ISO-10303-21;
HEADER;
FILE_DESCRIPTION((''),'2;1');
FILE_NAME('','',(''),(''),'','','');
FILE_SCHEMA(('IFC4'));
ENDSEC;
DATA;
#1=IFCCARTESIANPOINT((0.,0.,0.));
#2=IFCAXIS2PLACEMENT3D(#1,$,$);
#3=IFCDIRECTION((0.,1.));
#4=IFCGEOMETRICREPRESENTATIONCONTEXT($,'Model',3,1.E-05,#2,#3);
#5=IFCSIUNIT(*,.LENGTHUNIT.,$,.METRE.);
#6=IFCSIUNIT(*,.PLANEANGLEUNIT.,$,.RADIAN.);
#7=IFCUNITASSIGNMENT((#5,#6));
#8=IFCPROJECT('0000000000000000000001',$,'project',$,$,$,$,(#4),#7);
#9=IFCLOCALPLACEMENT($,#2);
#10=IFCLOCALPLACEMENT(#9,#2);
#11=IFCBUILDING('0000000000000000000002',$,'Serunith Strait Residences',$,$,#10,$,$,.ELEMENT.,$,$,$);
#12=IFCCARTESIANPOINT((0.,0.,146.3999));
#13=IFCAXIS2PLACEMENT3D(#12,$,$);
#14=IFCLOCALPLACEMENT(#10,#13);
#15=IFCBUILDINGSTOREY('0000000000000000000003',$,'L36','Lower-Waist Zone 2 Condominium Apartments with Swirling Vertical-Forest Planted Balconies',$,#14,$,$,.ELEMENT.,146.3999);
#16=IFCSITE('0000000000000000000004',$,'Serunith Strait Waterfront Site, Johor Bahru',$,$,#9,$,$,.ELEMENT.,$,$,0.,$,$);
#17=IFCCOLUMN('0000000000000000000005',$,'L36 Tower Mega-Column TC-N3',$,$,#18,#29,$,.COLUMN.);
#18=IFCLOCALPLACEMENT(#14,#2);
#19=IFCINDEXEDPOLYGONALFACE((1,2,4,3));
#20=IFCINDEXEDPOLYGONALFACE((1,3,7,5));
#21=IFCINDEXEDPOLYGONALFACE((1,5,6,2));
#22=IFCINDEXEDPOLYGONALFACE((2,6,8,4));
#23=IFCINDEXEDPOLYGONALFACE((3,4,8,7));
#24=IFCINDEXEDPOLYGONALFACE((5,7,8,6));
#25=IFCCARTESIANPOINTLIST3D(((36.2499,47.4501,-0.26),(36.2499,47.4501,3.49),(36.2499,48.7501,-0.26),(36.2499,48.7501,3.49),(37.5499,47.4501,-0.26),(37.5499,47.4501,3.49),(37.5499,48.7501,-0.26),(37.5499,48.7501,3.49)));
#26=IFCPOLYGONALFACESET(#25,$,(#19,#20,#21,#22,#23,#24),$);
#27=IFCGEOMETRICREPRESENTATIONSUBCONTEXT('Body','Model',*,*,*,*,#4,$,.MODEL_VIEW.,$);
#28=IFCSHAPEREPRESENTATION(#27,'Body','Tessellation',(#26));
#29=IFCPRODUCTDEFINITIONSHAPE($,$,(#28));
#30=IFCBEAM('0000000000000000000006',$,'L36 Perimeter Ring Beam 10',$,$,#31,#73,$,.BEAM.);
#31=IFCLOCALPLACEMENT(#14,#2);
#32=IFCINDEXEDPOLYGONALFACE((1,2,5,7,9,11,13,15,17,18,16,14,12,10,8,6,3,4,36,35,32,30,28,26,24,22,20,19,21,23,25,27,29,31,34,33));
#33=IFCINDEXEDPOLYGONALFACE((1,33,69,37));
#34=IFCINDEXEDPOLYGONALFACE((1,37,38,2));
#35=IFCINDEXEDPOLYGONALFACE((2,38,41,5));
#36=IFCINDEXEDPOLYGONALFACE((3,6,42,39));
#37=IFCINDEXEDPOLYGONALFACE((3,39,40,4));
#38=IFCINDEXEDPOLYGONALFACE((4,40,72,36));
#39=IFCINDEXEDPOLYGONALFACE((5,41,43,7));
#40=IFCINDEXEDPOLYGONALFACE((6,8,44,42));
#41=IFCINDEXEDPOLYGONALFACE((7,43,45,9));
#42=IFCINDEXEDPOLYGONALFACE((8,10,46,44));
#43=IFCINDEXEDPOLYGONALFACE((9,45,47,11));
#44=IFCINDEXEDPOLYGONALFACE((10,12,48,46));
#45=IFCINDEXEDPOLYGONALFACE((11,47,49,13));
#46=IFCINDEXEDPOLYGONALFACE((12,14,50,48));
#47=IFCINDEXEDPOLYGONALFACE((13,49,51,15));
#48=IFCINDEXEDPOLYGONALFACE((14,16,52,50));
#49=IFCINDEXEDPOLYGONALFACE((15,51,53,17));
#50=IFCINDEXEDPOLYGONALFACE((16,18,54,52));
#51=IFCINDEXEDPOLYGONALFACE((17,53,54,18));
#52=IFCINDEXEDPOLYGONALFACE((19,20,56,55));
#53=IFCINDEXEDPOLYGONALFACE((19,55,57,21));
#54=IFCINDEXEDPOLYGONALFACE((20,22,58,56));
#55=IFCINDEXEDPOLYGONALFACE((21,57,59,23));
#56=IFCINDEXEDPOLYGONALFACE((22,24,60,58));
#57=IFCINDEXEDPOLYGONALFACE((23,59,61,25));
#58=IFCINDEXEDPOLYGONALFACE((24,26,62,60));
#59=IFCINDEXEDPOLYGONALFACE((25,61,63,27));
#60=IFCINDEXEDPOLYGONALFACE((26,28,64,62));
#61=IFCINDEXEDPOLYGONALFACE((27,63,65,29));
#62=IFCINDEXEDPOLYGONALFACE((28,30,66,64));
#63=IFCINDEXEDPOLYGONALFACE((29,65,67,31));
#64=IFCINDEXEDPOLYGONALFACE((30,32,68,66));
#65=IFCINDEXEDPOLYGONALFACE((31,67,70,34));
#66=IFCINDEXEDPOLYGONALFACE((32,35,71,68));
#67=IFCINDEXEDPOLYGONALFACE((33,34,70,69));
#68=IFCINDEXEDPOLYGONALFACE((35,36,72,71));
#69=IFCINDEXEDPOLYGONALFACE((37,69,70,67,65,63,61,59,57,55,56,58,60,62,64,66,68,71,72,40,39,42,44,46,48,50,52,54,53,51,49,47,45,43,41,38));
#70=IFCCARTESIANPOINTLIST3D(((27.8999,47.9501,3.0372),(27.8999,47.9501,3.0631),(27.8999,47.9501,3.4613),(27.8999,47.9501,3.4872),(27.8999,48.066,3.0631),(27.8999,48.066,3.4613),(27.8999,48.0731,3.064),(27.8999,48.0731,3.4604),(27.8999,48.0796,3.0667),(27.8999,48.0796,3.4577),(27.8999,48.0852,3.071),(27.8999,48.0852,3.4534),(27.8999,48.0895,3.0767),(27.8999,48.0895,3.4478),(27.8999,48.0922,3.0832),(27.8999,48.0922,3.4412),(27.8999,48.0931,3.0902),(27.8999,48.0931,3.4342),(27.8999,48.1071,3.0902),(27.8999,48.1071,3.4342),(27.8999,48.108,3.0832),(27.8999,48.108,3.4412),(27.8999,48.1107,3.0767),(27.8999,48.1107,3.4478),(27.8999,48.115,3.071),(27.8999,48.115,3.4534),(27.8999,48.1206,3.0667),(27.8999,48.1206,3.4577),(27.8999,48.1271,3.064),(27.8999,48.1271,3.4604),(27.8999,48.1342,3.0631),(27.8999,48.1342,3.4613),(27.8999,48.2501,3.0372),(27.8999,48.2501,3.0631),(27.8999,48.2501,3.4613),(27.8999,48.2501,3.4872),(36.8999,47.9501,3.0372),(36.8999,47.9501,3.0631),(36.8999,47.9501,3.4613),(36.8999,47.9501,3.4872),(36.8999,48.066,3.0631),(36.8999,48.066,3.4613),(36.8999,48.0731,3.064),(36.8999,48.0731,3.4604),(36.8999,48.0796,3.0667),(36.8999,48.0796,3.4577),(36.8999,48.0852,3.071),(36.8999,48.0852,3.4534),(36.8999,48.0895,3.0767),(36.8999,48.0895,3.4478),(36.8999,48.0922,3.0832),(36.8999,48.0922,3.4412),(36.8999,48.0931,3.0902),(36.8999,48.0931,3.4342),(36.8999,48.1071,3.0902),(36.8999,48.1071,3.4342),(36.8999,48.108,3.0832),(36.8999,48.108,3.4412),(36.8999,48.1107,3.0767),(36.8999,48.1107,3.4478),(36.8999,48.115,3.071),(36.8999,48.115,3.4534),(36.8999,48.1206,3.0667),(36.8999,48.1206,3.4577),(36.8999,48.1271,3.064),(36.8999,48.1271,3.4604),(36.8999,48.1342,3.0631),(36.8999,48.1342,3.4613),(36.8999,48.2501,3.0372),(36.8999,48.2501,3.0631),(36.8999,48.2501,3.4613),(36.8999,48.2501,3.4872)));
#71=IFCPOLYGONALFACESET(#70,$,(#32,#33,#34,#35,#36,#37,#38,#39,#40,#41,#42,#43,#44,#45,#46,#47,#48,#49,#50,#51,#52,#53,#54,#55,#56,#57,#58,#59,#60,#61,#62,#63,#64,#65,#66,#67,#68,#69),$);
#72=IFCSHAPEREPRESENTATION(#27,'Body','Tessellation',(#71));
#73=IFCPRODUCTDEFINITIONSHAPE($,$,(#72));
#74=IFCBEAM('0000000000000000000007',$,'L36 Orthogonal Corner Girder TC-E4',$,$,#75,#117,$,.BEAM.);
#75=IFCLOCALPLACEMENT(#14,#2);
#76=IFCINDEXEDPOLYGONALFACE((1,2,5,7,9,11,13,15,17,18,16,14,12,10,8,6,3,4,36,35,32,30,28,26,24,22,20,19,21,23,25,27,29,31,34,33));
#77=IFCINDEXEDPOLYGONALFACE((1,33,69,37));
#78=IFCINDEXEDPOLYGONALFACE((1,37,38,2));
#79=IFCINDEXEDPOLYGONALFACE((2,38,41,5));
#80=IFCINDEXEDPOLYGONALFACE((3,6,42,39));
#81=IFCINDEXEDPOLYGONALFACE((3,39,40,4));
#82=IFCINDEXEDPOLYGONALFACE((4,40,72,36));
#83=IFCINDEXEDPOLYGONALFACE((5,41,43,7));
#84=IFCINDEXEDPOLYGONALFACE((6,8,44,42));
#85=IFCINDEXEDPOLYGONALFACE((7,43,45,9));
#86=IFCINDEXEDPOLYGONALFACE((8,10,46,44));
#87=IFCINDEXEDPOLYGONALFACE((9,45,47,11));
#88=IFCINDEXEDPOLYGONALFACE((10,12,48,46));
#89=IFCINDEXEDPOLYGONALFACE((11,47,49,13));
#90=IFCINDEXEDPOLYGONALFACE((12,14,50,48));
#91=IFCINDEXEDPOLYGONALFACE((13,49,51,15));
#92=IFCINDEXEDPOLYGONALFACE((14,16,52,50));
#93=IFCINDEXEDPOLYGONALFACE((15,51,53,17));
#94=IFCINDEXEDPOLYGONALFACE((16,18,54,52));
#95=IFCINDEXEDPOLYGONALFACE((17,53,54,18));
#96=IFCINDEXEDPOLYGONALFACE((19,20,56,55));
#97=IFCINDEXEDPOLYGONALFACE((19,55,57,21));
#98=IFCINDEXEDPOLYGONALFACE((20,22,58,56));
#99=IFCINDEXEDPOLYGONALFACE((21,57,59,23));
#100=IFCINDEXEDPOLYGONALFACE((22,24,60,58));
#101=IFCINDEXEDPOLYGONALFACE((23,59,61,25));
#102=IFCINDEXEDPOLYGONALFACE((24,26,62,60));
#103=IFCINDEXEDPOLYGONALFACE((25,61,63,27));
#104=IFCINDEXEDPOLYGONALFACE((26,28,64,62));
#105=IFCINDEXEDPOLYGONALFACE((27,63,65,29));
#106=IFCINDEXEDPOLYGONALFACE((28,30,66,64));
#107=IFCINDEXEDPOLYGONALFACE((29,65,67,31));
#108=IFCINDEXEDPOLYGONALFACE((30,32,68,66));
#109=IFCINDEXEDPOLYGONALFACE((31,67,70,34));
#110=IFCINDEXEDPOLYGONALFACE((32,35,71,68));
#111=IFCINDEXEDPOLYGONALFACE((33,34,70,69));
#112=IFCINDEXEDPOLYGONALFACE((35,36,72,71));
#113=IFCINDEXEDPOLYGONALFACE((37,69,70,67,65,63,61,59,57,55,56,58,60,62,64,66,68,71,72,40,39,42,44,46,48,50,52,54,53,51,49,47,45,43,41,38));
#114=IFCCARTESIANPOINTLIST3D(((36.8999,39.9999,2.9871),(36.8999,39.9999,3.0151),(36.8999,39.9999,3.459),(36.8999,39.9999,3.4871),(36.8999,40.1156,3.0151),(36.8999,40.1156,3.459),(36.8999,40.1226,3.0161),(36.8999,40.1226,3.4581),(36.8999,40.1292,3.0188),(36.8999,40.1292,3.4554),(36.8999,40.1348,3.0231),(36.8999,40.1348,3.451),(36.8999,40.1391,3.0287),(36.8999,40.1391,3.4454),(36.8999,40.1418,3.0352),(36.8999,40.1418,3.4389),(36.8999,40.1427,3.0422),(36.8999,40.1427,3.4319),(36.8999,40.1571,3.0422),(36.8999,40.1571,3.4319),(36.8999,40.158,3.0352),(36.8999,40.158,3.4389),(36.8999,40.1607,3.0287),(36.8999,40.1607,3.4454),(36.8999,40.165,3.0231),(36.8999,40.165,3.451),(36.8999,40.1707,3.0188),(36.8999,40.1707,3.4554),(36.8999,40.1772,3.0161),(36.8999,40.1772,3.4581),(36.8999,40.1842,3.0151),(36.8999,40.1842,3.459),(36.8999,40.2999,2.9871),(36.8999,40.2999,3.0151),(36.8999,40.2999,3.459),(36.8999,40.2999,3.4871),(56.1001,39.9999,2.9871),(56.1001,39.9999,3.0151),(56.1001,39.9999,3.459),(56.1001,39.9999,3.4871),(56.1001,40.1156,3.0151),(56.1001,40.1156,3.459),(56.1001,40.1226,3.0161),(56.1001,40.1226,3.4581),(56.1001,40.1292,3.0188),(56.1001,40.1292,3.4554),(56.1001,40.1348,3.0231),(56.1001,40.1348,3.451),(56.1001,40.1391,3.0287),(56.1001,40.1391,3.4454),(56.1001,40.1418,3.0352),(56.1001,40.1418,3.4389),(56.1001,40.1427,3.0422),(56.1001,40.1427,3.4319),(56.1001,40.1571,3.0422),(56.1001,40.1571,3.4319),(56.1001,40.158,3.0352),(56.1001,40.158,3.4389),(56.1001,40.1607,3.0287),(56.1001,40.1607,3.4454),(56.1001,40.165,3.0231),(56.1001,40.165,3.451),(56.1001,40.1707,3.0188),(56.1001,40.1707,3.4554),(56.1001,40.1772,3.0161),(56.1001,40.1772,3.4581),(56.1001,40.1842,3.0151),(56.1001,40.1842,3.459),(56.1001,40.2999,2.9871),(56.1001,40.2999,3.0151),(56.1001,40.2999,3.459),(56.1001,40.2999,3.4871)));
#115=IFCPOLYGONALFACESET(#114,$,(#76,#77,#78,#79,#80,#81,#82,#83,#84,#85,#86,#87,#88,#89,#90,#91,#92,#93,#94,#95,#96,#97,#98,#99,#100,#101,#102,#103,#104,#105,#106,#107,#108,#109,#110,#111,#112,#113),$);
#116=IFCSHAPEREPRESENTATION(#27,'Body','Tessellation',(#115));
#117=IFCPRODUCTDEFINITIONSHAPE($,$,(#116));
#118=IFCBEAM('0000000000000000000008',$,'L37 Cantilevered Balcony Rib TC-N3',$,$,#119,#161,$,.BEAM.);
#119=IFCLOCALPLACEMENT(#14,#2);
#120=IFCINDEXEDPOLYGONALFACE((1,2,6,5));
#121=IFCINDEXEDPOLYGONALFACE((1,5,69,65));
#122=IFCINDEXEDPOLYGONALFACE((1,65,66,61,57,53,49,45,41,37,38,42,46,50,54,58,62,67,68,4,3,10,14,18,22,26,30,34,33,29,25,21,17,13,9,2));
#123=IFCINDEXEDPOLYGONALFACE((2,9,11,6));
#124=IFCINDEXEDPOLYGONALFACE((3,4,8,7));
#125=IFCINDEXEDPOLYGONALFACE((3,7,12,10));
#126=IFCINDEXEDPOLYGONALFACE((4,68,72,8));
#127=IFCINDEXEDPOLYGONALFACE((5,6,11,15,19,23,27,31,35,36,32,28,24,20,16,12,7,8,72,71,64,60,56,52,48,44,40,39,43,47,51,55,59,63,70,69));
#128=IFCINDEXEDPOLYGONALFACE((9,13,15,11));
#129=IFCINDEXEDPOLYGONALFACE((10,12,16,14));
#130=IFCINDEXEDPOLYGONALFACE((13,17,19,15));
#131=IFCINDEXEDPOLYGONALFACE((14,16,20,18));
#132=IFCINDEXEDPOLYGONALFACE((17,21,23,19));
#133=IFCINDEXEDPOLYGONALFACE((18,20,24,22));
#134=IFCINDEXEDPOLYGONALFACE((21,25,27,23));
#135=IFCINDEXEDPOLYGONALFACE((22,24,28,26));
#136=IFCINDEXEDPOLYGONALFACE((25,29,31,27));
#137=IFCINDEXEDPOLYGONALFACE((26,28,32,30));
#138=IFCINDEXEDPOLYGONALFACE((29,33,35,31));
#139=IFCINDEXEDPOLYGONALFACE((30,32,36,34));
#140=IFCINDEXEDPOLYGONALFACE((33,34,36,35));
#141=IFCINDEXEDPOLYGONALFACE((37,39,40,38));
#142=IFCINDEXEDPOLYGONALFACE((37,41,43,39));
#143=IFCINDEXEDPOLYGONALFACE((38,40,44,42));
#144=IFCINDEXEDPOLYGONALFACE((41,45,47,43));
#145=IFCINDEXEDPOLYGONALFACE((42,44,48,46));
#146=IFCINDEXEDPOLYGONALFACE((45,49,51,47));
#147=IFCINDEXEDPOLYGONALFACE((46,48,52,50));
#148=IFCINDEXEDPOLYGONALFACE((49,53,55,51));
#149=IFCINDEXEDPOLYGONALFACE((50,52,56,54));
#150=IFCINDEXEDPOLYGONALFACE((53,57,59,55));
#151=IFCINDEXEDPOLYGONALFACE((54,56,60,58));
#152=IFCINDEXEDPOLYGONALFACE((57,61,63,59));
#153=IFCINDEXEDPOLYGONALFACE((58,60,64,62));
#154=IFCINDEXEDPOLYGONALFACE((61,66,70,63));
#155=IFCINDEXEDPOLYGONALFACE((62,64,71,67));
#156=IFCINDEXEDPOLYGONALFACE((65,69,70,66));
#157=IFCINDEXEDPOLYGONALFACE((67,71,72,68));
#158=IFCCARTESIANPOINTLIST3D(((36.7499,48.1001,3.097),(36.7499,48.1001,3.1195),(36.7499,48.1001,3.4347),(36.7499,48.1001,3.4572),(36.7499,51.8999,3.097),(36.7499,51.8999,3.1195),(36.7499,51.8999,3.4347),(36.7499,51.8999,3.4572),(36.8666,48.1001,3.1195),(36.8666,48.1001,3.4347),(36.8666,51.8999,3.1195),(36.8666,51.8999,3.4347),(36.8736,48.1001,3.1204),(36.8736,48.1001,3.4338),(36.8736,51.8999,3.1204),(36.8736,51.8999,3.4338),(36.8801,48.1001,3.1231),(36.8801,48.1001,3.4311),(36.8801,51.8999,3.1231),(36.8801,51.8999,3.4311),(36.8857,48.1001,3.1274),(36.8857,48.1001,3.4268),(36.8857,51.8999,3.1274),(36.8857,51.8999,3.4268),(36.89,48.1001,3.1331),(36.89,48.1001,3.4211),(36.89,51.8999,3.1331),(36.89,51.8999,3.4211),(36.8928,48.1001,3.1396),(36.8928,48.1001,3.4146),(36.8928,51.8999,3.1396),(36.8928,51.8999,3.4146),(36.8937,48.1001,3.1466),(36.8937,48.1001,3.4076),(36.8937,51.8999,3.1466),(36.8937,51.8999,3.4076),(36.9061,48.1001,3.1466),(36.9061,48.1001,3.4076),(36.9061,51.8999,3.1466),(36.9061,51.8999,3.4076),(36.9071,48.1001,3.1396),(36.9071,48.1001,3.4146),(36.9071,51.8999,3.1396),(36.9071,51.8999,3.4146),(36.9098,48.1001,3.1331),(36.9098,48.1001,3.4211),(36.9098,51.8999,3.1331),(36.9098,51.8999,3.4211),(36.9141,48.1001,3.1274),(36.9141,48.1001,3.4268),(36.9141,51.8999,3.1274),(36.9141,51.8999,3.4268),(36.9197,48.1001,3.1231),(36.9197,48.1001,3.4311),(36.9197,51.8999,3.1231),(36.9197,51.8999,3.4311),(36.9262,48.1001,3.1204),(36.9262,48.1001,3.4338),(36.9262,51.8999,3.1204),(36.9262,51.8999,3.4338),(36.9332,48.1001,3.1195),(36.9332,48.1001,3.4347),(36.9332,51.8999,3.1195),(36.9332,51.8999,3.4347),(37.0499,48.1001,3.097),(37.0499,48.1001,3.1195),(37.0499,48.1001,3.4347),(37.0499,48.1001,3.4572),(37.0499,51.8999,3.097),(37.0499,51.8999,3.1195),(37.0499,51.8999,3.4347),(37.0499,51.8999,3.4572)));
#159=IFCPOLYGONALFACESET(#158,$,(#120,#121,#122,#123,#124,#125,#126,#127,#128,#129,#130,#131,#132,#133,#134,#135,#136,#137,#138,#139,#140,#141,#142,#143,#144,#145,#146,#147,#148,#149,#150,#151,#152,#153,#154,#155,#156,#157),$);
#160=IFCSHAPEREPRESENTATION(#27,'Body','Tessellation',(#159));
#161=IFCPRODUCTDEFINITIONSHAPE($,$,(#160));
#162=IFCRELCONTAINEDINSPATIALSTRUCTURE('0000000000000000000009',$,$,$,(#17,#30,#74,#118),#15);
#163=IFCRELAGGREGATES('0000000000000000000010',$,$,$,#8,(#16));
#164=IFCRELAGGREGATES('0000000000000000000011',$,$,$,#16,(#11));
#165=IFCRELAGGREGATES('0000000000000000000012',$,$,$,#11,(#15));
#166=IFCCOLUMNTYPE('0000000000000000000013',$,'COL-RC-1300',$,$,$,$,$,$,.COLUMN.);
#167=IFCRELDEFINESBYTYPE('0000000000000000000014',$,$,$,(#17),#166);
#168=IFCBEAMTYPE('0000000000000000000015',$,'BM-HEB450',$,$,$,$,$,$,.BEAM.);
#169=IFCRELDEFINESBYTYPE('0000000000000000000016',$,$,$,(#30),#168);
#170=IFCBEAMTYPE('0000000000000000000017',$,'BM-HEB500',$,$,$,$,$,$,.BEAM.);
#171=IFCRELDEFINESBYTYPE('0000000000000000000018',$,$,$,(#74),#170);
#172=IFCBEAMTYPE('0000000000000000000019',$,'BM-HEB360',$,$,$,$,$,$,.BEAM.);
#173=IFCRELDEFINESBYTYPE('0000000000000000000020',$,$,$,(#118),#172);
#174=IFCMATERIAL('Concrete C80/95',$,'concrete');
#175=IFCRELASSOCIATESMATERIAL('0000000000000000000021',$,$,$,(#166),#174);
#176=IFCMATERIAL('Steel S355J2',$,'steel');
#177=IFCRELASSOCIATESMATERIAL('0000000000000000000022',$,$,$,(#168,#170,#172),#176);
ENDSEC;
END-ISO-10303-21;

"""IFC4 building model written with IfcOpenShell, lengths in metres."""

from ifc_helpers import new_model, si_unit, direction, frame, origin, origin_2d, place, context, subcontext, project, spatial, rectangle, i_section, extrude, source, transform, mapped, material, material_profile, profile_set, type_object, element, save


model = new_model("IFC4")

# Units and contexts
model_context = context("Model", 3, precision=1e-05, world=origin(), true_north=direction((0.0, 1.0)))
body_context = subcontext(model_context, "Body", "Model", "MODEL_VIEW")
ifc_project = project(units=[si_unit("LENGTHUNIT", "METRE"), si_unit("PLANEANGLEUNIT", "RADIAN")], contexts=[model_context])

# Site, building, storey
site_placement = place(None, origin())
site = spatial("IfcSite", under=ifc_project, at=site_placement, Name="Serunith Strait Waterfront Site, Johor Bahru", CompositionType="ELEMENT", RefElevation=0.0)
building_placement = place(site_placement, origin())
building = spatial("IfcBuilding", under=site, at=building_placement, Name="Serunith Strait Residences", CompositionType="ELEMENT")
storey_placement = place(building_placement, frame((0.0, 0.0, 146.3999)))
storey = spatial("IfcBuildingStorey", under=building, at=storey_placement, Name="L36", Description="Lower-Waist Zone 2 Condominium Apartments with Swirling Vertical-Forest Planted Balconies", CompositionType="ELEMENT", Elevation=146.3999)

# Column
ifc_material_1 = material(Name="Concrete C80/95", Category="concrete")
ifc_material_profile_1 = material_profile(ifc_material_1, rectangle(XDim=1.3, YDim=1.3, at=origin_2d()), Name="RC 1300x1300")
ifc_profile_set_1 = profile_set([ifc_material_profile_1], Name="Concrete C80/95")
column_type = type_object("IfcColumnType", Name="COL-RC-1300", PredefinedType="COLUMN", material=ifc_profile_set_1)
shared_shape_1 = source(origin(), body_context, "Body", "SweptSolid", [
    extrude(rectangle(XDim=1.3, YDim=1.3, at=origin_2d()), origin(), (0.0, 0.0, 1.0), 3.75),
])
column_placement = place(storey_placement, frame((36.8999, 48.1001, -0.26), z_axis=(0.0, 0.0, 1.0), x_axis=(1.0, 0.0, 0.0)))
element("IfcColumn", 1, at=column_placement, inside=storey, type_object=column_type, Name="L36 Tower Mega-Column TC-N3", PredefinedType="COLUMN", context=body_context, shape_type="MappedRepresentation", body=[
    mapped(shared_shape_1, transform((0.0, 0.0, 0.0), scale=1.0)),
])

# Beams
ifc_material_2 = material(Name="Steel S355J2", Category="steel")
ifc_material_profile_2 = material_profile(ifc_material_2, i_section(OverallWidth=0.3, OverallDepth=0.45, WebThickness=0.0139, FlangeThickness=0.0259, FilletRadius=0.0271, at=origin_2d()), Name="HEB 450")
ifc_profile_set_2 = profile_set([ifc_material_profile_2], Name="Steel S355J2")
beam_type_1 = type_object("IfcBeamType", Name="BM-HEB450", PredefinedType="BEAM", material=ifc_profile_set_2)
shared_shape_2 = source(origin(), body_context, "Body", "SweptSolid", [
    extrude(i_section(OverallWidth=0.3, OverallDepth=0.45, WebThickness=0.0139, FlangeThickness=0.0259, FilletRadius=0.0271, at=origin_2d()), origin(), (0.0, 0.0, 1.0), 9.0),
])
beam_1_placement = place(storey_placement, frame((36.8999, 48.1001, 3.2622), z_axis=(-1.0, 0.0, 0.0), x_axis=(0.0, -1.0, 0.0)))
element("IfcBeam", 2, at=beam_1_placement, inside=storey, type_object=beam_type_1, Name="L36 Perimeter Ring Beam 10", PredefinedType="BEAM", context=body_context, shape_type="MappedRepresentation", body=[
    mapped(shared_shape_2, transform((0.0, 0.0, 0.0), scale=1.0)),
])
ifc_material_profile_3 = material_profile(ifc_material_2, i_section(OverallWidth=0.3, OverallDepth=0.5, WebThickness=0.0144, FlangeThickness=0.0281, FilletRadius=0.0271, at=origin_2d()), Name="HEB 500")
ifc_profile_set_3 = profile_set([ifc_material_profile_3], Name="Steel S355J2")
beam_type_2 = type_object("IfcBeamType", Name="BM-HEB500", PredefinedType="BEAM", material=ifc_profile_set_3)
shared_shape_3 = source(origin(), body_context, "Body", "SweptSolid", [
    extrude(i_section(OverallWidth=0.3, OverallDepth=0.5, WebThickness=0.0144, FlangeThickness=0.0281, FilletRadius=0.0271, at=origin_2d()), origin(), (0.0, 0.0, 1.0), 19.2002),
])
beam_2_placement = place(storey_placement, frame((36.8999, 40.1499, 3.2371), z_axis=(1.0, 0.0, 0.0), x_axis=(0.0, 1.0, 0.0)))
element("IfcBeam", 3, at=beam_2_placement, inside=storey, type_object=beam_type_2, Name="L36 Orthogonal Corner Girder TC-E4", PredefinedType="BEAM", context=body_context, shape_type="MappedRepresentation", body=[
    mapped(shared_shape_3, transform((0.0, 0.0, 0.0), scale=1.0)),
])
ifc_material_profile_4 = material_profile(ifc_material_2, i_section(OverallWidth=0.3, OverallDepth=0.3601, WebThickness=0.0125, FlangeThickness=0.0225, FilletRadius=0.0271, at=origin_2d()), Name="HEB 360")
ifc_profile_set_4 = profile_set([ifc_material_profile_4], Name="Steel S355J2")
beam_type_3 = type_object("IfcBeamType", Name="BM-HEB360", PredefinedType="BEAM", material=ifc_profile_set_4)
shared_shape_4 = source(origin(), body_context, "Body", "SweptSolid", [
    extrude(i_section(OverallWidth=0.3, OverallDepth=0.3601, WebThickness=0.0125, FlangeThickness=0.0225, FilletRadius=0.0271, at=origin_2d()), origin(), (0.0, 0.0, 1.0), 3.7998),
])
beam_3_placement = place(storey_placement, frame((36.8999, 48.1001, 3.2771), z_axis=(0.0, 1.0, 0.0), x_axis=(-1.0, 0.0, 0.0)))
element("IfcBeam", 4, at=beam_3_placement, inside=storey, type_object=beam_type_3, Name="L37 Cantilevered Balcony Rib TC-N3", PredefinedType="BEAM", context=body_context, shape_type="MappedRepresentation", body=[
    mapped(shared_shape_4, transform((0.0, 0.0, 0.0), scale=1.0)),
])

save(model, "model.ifc")
